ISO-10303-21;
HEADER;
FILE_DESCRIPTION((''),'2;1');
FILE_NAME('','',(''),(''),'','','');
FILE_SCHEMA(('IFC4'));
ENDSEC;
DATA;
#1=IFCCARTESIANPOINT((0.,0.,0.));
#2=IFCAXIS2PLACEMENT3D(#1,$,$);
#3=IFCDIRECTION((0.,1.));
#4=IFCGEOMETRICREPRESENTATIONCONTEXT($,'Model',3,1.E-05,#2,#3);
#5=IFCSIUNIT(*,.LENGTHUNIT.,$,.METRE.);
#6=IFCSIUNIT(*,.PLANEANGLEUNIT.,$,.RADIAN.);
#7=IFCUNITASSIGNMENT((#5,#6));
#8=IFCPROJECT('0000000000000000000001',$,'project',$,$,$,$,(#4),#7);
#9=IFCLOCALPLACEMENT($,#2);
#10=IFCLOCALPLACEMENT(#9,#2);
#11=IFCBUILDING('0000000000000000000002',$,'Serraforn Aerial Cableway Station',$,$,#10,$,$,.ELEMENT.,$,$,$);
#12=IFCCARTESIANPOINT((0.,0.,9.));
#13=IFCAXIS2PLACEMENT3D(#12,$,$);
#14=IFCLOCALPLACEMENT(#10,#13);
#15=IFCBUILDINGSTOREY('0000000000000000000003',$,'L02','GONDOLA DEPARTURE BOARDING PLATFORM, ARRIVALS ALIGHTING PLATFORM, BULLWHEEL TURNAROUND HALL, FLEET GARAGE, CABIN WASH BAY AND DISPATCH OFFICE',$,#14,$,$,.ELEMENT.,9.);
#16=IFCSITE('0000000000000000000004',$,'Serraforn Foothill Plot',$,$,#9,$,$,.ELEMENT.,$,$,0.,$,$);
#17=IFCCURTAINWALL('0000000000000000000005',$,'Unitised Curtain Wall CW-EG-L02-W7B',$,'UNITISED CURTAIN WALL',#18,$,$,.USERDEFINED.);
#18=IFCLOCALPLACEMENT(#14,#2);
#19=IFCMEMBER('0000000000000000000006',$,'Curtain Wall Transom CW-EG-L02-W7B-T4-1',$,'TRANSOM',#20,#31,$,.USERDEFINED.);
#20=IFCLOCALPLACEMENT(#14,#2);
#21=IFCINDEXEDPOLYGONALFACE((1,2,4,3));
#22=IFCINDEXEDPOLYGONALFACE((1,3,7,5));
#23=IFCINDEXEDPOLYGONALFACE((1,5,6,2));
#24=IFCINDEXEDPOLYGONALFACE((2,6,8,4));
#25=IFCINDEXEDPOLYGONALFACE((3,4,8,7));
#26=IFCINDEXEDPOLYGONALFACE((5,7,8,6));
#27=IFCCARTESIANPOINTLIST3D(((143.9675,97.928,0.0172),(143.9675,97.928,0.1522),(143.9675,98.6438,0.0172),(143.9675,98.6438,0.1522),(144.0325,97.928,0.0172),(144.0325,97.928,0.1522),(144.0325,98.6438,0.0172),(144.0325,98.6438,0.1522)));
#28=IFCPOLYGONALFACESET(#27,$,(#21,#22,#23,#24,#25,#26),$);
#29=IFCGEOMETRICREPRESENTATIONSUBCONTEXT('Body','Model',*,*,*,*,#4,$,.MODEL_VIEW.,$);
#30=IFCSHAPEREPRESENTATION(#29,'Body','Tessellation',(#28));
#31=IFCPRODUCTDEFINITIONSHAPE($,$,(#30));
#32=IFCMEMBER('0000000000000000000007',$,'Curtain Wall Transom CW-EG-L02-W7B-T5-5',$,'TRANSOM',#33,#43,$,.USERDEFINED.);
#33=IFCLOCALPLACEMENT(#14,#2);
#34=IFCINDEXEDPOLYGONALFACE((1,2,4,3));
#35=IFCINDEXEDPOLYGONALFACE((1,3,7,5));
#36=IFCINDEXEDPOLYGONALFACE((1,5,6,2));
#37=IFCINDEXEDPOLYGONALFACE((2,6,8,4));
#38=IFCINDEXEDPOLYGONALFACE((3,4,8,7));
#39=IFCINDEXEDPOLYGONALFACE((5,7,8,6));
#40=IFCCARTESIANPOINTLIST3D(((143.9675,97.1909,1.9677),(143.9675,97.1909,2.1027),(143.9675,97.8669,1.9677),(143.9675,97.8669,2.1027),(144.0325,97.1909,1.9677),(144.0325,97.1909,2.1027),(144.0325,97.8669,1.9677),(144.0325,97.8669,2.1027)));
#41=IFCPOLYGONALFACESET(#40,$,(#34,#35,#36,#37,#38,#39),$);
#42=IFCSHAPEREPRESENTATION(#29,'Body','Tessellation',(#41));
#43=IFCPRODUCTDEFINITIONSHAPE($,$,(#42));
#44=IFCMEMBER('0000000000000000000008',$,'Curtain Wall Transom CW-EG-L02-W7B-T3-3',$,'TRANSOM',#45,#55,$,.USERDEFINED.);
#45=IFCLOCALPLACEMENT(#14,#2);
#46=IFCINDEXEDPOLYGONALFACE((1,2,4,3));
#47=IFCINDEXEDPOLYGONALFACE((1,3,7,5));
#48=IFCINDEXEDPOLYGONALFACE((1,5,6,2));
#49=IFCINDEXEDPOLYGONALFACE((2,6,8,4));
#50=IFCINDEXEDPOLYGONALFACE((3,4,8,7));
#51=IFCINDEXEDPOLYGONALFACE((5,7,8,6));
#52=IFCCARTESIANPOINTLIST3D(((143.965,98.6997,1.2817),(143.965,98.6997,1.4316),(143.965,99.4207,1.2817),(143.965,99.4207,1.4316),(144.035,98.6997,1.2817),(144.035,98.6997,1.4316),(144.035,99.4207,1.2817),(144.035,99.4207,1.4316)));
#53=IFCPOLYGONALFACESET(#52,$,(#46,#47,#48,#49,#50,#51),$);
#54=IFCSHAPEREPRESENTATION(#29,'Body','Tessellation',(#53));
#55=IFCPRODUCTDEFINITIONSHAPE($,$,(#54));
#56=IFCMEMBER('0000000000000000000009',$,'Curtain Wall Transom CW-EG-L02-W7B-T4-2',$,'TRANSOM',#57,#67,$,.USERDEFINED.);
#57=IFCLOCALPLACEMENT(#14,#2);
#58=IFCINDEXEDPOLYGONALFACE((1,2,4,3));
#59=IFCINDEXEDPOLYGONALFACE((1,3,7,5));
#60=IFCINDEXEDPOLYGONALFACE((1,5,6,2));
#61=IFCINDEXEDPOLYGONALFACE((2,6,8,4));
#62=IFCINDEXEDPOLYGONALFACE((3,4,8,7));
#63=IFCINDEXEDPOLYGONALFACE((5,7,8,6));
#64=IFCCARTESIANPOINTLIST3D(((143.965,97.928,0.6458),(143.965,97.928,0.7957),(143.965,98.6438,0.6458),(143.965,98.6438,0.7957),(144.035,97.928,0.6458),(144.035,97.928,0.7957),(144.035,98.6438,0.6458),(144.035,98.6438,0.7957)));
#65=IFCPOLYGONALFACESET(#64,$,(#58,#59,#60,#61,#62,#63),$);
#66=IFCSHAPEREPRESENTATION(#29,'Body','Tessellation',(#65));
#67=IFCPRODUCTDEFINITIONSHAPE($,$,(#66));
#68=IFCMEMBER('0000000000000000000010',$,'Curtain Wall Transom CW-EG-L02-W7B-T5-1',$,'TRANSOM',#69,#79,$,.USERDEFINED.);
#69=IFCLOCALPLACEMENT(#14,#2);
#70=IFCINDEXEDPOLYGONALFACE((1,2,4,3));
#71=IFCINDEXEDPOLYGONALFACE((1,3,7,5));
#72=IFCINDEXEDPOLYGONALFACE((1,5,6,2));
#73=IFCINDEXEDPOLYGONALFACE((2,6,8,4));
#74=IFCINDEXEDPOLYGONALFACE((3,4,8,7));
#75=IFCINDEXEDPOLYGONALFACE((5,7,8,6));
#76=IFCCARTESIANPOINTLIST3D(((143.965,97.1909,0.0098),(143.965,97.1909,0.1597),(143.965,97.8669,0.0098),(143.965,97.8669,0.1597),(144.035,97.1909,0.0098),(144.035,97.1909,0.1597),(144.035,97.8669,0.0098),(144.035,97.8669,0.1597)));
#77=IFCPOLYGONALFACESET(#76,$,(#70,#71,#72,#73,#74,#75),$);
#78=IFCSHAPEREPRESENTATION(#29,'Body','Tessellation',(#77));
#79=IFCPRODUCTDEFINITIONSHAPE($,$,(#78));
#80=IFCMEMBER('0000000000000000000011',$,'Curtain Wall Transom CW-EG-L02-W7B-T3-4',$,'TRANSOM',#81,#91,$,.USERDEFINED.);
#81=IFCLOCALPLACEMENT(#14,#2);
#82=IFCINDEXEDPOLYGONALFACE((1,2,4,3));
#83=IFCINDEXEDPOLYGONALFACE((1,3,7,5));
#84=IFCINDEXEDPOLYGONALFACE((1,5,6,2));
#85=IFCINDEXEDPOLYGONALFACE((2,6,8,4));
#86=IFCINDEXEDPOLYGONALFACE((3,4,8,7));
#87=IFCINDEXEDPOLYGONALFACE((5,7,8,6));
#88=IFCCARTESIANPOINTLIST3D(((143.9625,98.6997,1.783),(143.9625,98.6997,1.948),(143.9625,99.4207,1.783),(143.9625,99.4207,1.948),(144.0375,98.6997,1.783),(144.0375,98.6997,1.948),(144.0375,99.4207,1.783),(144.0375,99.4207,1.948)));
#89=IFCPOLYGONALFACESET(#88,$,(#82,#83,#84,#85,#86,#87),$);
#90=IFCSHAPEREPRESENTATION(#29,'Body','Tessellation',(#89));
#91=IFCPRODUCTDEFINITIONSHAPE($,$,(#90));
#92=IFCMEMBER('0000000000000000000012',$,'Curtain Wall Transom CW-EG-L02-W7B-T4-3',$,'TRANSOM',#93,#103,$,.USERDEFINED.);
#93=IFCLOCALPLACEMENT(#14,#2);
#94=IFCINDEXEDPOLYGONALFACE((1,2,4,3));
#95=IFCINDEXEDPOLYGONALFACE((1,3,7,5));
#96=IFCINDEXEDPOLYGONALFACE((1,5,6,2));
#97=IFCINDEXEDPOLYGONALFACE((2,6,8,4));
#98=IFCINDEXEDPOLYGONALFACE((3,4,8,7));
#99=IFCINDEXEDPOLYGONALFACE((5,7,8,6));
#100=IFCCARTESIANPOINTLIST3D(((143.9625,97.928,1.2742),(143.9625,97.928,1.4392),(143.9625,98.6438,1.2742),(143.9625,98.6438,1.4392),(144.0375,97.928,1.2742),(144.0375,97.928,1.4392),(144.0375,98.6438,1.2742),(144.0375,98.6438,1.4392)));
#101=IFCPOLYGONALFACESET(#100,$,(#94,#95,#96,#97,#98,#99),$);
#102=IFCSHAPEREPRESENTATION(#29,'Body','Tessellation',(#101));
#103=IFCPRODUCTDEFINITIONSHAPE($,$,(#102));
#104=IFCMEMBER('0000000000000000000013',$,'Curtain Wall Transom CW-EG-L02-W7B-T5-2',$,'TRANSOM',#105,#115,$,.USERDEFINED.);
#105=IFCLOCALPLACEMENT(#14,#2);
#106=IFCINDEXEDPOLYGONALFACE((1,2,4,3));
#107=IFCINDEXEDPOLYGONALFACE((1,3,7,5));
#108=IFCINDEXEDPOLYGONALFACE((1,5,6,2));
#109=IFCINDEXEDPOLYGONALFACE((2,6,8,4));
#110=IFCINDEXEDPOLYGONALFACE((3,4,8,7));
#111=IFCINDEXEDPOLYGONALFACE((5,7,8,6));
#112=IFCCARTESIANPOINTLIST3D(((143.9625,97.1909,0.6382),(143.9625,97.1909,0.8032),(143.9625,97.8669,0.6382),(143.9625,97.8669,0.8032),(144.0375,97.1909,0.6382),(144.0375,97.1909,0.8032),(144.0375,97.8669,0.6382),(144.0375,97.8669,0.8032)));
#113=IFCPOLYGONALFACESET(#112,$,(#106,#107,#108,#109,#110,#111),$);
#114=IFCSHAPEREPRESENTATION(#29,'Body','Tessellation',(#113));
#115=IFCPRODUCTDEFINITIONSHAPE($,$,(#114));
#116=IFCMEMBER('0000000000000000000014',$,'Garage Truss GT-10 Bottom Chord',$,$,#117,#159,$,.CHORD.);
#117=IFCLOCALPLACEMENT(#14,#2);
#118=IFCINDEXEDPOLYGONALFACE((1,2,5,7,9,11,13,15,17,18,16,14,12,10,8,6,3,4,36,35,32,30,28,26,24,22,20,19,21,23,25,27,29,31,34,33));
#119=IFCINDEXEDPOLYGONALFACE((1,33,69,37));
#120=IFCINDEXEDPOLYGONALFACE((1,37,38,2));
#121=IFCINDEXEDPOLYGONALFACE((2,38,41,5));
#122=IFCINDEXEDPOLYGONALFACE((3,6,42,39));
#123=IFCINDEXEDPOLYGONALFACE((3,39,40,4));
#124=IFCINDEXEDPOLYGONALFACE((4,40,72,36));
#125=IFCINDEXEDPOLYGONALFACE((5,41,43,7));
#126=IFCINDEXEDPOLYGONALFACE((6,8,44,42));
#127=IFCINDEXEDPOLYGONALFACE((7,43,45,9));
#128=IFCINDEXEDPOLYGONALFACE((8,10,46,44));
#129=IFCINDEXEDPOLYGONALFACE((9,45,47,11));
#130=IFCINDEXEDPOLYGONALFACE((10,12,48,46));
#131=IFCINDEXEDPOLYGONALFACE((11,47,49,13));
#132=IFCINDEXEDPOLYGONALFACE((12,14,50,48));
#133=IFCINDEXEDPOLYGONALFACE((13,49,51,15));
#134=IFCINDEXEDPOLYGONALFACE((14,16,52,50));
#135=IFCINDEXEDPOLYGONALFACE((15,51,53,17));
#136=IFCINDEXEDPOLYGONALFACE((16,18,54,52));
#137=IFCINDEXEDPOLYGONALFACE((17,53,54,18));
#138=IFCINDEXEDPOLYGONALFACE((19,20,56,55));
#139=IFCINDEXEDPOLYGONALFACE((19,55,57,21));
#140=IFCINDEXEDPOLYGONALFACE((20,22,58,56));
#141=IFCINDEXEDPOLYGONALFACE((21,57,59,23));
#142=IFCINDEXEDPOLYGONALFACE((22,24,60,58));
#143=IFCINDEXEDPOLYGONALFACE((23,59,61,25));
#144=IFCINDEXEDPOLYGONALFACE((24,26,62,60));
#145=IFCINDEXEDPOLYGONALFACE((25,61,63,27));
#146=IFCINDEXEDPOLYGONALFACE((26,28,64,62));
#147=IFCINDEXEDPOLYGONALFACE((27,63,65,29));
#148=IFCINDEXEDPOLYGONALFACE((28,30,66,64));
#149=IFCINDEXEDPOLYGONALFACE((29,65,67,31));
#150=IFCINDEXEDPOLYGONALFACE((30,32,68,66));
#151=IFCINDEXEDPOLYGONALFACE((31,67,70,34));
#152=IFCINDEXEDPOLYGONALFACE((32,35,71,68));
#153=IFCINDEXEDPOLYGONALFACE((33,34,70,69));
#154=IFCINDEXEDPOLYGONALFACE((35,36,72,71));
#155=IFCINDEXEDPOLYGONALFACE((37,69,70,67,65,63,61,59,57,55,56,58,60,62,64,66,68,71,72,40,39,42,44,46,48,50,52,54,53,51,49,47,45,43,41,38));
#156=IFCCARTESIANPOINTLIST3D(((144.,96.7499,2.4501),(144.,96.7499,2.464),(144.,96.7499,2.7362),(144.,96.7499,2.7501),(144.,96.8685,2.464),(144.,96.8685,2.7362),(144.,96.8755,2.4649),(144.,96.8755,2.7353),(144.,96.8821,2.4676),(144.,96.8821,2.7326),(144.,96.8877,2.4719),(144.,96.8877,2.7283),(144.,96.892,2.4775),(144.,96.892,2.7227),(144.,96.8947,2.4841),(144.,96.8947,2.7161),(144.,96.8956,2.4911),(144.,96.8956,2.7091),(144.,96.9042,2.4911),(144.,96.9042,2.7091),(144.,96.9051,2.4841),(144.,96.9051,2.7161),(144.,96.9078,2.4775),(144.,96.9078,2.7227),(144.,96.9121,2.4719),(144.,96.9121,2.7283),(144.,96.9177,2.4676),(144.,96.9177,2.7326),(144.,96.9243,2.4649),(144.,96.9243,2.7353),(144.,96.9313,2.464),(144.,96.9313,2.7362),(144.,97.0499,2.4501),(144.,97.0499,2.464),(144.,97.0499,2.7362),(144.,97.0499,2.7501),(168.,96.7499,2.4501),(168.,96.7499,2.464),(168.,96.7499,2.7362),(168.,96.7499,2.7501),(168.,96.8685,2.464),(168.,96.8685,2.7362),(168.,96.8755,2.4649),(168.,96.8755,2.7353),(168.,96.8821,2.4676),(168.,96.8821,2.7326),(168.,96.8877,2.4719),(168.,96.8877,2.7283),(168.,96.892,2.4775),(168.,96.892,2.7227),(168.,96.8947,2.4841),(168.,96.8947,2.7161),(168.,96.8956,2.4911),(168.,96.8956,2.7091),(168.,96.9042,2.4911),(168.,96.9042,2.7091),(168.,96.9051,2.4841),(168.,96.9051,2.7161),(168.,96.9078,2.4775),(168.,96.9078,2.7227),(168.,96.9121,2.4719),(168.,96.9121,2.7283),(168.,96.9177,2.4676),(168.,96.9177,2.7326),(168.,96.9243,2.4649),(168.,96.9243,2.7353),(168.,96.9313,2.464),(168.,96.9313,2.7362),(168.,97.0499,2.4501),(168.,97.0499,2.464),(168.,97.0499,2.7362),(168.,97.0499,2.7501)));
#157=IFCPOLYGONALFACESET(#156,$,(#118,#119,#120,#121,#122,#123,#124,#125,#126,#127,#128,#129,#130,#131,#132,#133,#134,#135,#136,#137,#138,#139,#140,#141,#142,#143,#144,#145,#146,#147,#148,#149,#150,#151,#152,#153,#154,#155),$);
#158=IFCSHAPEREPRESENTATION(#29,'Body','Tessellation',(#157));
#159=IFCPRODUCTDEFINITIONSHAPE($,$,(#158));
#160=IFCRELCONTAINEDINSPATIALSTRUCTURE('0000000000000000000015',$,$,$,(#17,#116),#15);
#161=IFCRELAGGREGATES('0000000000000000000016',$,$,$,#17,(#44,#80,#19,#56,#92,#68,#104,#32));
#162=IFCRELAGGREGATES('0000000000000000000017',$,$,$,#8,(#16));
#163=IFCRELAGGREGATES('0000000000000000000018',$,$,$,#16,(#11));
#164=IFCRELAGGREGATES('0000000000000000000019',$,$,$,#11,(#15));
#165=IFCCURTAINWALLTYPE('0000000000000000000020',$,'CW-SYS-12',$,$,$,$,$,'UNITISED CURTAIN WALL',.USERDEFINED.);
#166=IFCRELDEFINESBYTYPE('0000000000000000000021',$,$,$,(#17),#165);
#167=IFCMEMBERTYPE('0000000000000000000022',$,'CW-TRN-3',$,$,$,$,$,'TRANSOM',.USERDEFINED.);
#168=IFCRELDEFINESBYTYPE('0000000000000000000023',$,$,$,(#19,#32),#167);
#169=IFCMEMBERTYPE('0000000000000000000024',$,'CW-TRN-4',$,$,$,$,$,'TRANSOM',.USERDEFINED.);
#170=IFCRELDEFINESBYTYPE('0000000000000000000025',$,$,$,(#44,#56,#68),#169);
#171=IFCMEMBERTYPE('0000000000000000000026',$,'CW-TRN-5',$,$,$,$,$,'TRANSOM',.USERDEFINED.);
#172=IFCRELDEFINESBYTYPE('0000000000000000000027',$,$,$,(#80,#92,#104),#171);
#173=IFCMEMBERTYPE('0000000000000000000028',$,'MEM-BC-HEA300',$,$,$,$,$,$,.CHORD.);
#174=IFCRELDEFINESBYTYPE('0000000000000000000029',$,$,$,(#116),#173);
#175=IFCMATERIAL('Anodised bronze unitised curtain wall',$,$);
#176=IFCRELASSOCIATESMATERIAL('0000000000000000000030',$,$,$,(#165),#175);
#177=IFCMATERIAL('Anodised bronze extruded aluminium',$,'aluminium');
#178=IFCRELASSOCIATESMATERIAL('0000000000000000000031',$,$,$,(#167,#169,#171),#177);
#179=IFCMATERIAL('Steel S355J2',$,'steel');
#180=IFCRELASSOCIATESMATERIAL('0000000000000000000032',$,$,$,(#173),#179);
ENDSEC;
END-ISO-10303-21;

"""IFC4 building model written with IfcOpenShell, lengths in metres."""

from ifc_helpers import new_model, si_unit, direction, frame, origin, origin_2d, place, context, subcontext, project, spatial, rectangle, i_section, extrude, material, material_profile, profile_set, type_object, element, aggregate, save


model = new_model("IFC4")

# Units and contexts
model_context = context("Model", 3, precision=1e-05, world=origin(), true_north=direction((0.0, 1.0)))
body_context = subcontext(model_context, "Body", "Model", "MODEL_VIEW")
ifc_project = project(units=[si_unit("LENGTHUNIT", "METRE"), si_unit("PLANEANGLEUNIT", "RADIAN")], contexts=[model_context])

# Site, building, storey
site_placement = place(None, origin())
site = spatial("IfcSite", under=ifc_project, at=site_placement, Name="Serraforn Foothill Plot", CompositionType="ELEMENT", RefElevation=0.0)
building_placement = place(site_placement, origin())
building = spatial("IfcBuilding", under=site, at=building_placement, Name="Serraforn Aerial Cableway Station", CompositionType="ELEMENT")
storey_placement = place(building_placement, frame((0.0, 0.0, 9.0)))
storey = spatial("IfcBuildingStorey", under=building, at=storey_placement, Name="L02", Description="GONDOLA DEPARTURE BOARDING PLATFORM, ARRIVALS ALIGHTING PLATFORM, BULLWHEEL TURNAROUND HALL, FLEET GARAGE, CABIN WASH BAY AND DISPATCH OFFICE", CompositionType="ELEMENT", Elevation=9.0)

# Shared definitions
ifc_material_1 = material(Name="Steel S355J2", Category="steel")

# Curtain wall
ifc_material_2 = material(Name="Anodised bronze unitised curtain wall")
curtain_wall_type_1 = type_object("IfcCurtainWallType", Name="CW-SYS-12", ElementType="UNITISED CURTAIN WALL", PredefinedType="USERDEFINED", material=ifc_material_2)
curtain_wall_1_placement = place(storey_placement, origin())
curtain_wall_1 = element("IfcCurtainWall", 1, at=curtain_wall_1_placement, inside=storey, type_object=curtain_wall_type_1, Name="Unitised Curtain Wall CW-EG-L02-W7B", ObjectType="UNITISED CURTAIN WALL", PredefinedType="USERDEFINED")
ifc_material_3 = material(Name="Anodised bronze extruded aluminium", Category="aluminium")

# Members
ifc_material_profile_1 = material_profile(ifc_material_3, rectangle(XDim=0.0649, YDim=0.135, at=origin_2d()), Name="CW TRANSOM 65x135")
ifc_profile_set_1 = profile_set([ifc_material_profile_1], Name="Anodised bronze extruded aluminium")
member_type_1 = type_object("IfcMemberType", Name="CW-TRN-3", ElementType="TRANSOM", PredefinedType="USERDEFINED", material=ifc_profile_set_1)
member_1_placement = place(storey_placement, frame((144.0, 98.6438, 0.0847), z_axis=(0.0, -1.0, 0.0), x_axis=(1.0, 0.0, 0.0)))
member_1 = element("IfcMember", 2, at=member_1_placement, type_object=member_type_1, Name="Curtain Wall Transom CW-EG-L02-W7B-T4-1", ObjectType="TRANSOM", PredefinedType="USERDEFINED", context=body_context, shape_type="SweptSolid", body=[
    extrude(rectangle(XDim=0.0649, YDim=0.135, at=origin_2d()), origin(), (0.0, 0.0, 1.0), 0.7158),
])
member_2_placement = place(storey_placement, frame((144.0, 97.8669, 2.0352), z_axis=(0.0, -1.0, 0.0), x_axis=(1.0, 0.0, 0.0)))
member_2 = element("IfcMember", 3, at=member_2_placement, type_object=member_type_1, Name="Curtain Wall Transom CW-EG-L02-W7B-T5-5", ObjectType="TRANSOM", PredefinedType="USERDEFINED", context=body_context, shape_type="SweptSolid", body=[
    extrude(rectangle(XDim=0.0649, YDim=0.135, at=origin_2d()), origin(), (0.0, 0.0, 1.0), 0.676),
])
ifc_material_profile_2 = material_profile(ifc_material_3, rectangle(XDim=0.0701, YDim=0.1499, at=origin_2d()), Name="CW TRANSOM 70x150")
ifc_profile_set_2 = profile_set([ifc_material_profile_2], Name="Anodised bronze extruded aluminium")
member_type_2 = type_object("IfcMemberType", Name="CW-TRN-4", ElementType="TRANSOM", PredefinedType="USERDEFINED", material=ifc_profile_set_2)
member_3_placement = place(storey_placement, frame((144.0, 99.4207, 1.3567), z_axis=(0.0, -1.0, 0.0), x_axis=(1.0, 0.0, 0.0)))
member_3 = element("IfcMember", 4, at=member_3_placement, type_object=member_type_2, Name="Curtain Wall Transom CW-EG-L02-W7B-T3-3", ObjectType="TRANSOM", PredefinedType="USERDEFINED", context=body_context, shape_type="SweptSolid", body=[
    extrude(rectangle(XDim=0.0701, YDim=0.1499, at=origin_2d()), origin(), (0.0, 0.0, 1.0), 0.7209),
])
member_4_placement = place(storey_placement, frame((144.0, 98.6438, 0.7207), z_axis=(0.0, -1.0, 0.0), x_axis=(1.0, 0.0, 0.0)))
member_4 = element("IfcMember", 5, at=member_4_placement, type_object=member_type_2, Name="Curtain Wall Transom CW-EG-L02-W7B-T4-2", ObjectType="TRANSOM", PredefinedType="USERDEFINED", context=body_context, shape_type="SweptSolid", body=[
    extrude(rectangle(XDim=0.0701, YDim=0.1499, at=origin_2d()), origin(), (0.0, 0.0, 1.0), 0.7158),
])
member_5_placement = place(storey_placement, frame((144.0, 97.8669, 0.0847), z_axis=(0.0, -1.0, 0.0), x_axis=(1.0, 0.0, 0.0)))
member_5 = element("IfcMember", 6, at=member_5_placement, type_object=member_type_2, Name="Curtain Wall Transom CW-EG-L02-W7B-T5-1", ObjectType="TRANSOM", PredefinedType="USERDEFINED", context=body_context, shape_type="SweptSolid", body=[
    extrude(rectangle(XDim=0.0701, YDim=0.1499, at=origin_2d()), origin(), (0.0, 0.0, 1.0), 0.676),
])
ifc_material_profile_3 = material_profile(ifc_material_3, rectangle(XDim=0.075, YDim=0.165, at=origin_2d()), Name="CW TRANSOM 75x165")
ifc_profile_set_3 = profile_set([ifc_material_profile_3], Name="Anodised bronze extruded aluminium")
member_type_3 = type_object("IfcMemberType", Name="CW-TRN-5", ElementType="TRANSOM", PredefinedType="USERDEFINED", material=ifc_profile_set_3)
member_6_placement = place(storey_placement, frame((144.0, 99.4207, 1.8655), z_axis=(0.0, -1.0, 0.0), x_axis=(1.0, 0.0, 0.0)))
member_6 = element("IfcMember", 7, at=member_6_placement, type_object=member_type_3, Name="Curtain Wall Transom CW-EG-L02-W7B-T3-4", ObjectType="TRANSOM", PredefinedType="USERDEFINED", context=body_context, shape_type="SweptSolid", body=[
    extrude(rectangle(XDim=0.075, YDim=0.165, at=origin_2d()), origin(), (0.0, 0.0, 1.0), 0.7209),
])
member_7_placement = place(storey_placement, frame((144.0, 98.6438, 1.3567), z_axis=(0.0, -1.0, 0.0), x_axis=(1.0, 0.0, 0.0)))
member_7 = element("IfcMember", 8, at=member_7_placement, type_object=member_type_3, Name="Curtain Wall Transom CW-EG-L02-W7B-T4-3", ObjectType="TRANSOM", PredefinedType="USERDEFINED", context=body_context, shape_type="SweptSolid", body=[
    extrude(rectangle(XDim=0.075, YDim=0.165, at=origin_2d()), origin(), (0.0, 0.0, 1.0), 0.7158),
])
member_8_placement = place(storey_placement, frame((144.0, 97.8669, 0.7207), z_axis=(0.0, -1.0, 0.0), x_axis=(1.0, 0.0, 0.0)))
member_8 = element("IfcMember", 9, at=member_8_placement, type_object=member_type_3, Name="Curtain Wall Transom CW-EG-L02-W7B-T5-2", ObjectType="TRANSOM", PredefinedType="USERDEFINED", context=body_context, shape_type="SweptSolid", body=[
    extrude(rectangle(XDim=0.075, YDim=0.165, at=origin_2d()), origin(), (0.0, 0.0, 1.0), 0.676),
])

# Member
ifc_material_profile_4 = material_profile(ifc_material_1, i_section(OverallWidth=0.3, OverallDepth=0.3, WebThickness=0.0085, FlangeThickness=0.0139, FilletRadius=0.0271, at=origin_2d()), Name="HEA 300")
ifc_profile_set_4 = profile_set([ifc_material_profile_4], Name="Steel S355J2")
member_type_4 = type_object("IfcMemberType", Name="MEM-BC-HEA300", PredefinedType="CHORD", material=ifc_profile_set_4)
member_9_placement = place(storey_placement, frame((144.0, 96.8999, 2.6001), z_axis=(1.0, 0.0, 0.0), x_axis=(0.0, 1.0, 0.0)))
element("IfcMember", 10, at=member_9_placement, inside=storey, type_object=member_type_4, Name="Garage Truss GT-10 Bottom Chord", PredefinedType="CHORD", context=body_context, shape_type="SweptSolid", body=[
    extrude(i_section(OverallWidth=0.3, OverallDepth=0.3, WebThickness=0.0085, FlangeThickness=0.0139, FilletRadius=0.0271, at=origin_2d()), origin(), (0.0, 0.0, 1.0), 24.0),
])

aggregate(curtain_wall_1, [member_3, member_6, member_1, member_4, member_7, member_5, member_8, member_2])

save(model, "model.ifc")
